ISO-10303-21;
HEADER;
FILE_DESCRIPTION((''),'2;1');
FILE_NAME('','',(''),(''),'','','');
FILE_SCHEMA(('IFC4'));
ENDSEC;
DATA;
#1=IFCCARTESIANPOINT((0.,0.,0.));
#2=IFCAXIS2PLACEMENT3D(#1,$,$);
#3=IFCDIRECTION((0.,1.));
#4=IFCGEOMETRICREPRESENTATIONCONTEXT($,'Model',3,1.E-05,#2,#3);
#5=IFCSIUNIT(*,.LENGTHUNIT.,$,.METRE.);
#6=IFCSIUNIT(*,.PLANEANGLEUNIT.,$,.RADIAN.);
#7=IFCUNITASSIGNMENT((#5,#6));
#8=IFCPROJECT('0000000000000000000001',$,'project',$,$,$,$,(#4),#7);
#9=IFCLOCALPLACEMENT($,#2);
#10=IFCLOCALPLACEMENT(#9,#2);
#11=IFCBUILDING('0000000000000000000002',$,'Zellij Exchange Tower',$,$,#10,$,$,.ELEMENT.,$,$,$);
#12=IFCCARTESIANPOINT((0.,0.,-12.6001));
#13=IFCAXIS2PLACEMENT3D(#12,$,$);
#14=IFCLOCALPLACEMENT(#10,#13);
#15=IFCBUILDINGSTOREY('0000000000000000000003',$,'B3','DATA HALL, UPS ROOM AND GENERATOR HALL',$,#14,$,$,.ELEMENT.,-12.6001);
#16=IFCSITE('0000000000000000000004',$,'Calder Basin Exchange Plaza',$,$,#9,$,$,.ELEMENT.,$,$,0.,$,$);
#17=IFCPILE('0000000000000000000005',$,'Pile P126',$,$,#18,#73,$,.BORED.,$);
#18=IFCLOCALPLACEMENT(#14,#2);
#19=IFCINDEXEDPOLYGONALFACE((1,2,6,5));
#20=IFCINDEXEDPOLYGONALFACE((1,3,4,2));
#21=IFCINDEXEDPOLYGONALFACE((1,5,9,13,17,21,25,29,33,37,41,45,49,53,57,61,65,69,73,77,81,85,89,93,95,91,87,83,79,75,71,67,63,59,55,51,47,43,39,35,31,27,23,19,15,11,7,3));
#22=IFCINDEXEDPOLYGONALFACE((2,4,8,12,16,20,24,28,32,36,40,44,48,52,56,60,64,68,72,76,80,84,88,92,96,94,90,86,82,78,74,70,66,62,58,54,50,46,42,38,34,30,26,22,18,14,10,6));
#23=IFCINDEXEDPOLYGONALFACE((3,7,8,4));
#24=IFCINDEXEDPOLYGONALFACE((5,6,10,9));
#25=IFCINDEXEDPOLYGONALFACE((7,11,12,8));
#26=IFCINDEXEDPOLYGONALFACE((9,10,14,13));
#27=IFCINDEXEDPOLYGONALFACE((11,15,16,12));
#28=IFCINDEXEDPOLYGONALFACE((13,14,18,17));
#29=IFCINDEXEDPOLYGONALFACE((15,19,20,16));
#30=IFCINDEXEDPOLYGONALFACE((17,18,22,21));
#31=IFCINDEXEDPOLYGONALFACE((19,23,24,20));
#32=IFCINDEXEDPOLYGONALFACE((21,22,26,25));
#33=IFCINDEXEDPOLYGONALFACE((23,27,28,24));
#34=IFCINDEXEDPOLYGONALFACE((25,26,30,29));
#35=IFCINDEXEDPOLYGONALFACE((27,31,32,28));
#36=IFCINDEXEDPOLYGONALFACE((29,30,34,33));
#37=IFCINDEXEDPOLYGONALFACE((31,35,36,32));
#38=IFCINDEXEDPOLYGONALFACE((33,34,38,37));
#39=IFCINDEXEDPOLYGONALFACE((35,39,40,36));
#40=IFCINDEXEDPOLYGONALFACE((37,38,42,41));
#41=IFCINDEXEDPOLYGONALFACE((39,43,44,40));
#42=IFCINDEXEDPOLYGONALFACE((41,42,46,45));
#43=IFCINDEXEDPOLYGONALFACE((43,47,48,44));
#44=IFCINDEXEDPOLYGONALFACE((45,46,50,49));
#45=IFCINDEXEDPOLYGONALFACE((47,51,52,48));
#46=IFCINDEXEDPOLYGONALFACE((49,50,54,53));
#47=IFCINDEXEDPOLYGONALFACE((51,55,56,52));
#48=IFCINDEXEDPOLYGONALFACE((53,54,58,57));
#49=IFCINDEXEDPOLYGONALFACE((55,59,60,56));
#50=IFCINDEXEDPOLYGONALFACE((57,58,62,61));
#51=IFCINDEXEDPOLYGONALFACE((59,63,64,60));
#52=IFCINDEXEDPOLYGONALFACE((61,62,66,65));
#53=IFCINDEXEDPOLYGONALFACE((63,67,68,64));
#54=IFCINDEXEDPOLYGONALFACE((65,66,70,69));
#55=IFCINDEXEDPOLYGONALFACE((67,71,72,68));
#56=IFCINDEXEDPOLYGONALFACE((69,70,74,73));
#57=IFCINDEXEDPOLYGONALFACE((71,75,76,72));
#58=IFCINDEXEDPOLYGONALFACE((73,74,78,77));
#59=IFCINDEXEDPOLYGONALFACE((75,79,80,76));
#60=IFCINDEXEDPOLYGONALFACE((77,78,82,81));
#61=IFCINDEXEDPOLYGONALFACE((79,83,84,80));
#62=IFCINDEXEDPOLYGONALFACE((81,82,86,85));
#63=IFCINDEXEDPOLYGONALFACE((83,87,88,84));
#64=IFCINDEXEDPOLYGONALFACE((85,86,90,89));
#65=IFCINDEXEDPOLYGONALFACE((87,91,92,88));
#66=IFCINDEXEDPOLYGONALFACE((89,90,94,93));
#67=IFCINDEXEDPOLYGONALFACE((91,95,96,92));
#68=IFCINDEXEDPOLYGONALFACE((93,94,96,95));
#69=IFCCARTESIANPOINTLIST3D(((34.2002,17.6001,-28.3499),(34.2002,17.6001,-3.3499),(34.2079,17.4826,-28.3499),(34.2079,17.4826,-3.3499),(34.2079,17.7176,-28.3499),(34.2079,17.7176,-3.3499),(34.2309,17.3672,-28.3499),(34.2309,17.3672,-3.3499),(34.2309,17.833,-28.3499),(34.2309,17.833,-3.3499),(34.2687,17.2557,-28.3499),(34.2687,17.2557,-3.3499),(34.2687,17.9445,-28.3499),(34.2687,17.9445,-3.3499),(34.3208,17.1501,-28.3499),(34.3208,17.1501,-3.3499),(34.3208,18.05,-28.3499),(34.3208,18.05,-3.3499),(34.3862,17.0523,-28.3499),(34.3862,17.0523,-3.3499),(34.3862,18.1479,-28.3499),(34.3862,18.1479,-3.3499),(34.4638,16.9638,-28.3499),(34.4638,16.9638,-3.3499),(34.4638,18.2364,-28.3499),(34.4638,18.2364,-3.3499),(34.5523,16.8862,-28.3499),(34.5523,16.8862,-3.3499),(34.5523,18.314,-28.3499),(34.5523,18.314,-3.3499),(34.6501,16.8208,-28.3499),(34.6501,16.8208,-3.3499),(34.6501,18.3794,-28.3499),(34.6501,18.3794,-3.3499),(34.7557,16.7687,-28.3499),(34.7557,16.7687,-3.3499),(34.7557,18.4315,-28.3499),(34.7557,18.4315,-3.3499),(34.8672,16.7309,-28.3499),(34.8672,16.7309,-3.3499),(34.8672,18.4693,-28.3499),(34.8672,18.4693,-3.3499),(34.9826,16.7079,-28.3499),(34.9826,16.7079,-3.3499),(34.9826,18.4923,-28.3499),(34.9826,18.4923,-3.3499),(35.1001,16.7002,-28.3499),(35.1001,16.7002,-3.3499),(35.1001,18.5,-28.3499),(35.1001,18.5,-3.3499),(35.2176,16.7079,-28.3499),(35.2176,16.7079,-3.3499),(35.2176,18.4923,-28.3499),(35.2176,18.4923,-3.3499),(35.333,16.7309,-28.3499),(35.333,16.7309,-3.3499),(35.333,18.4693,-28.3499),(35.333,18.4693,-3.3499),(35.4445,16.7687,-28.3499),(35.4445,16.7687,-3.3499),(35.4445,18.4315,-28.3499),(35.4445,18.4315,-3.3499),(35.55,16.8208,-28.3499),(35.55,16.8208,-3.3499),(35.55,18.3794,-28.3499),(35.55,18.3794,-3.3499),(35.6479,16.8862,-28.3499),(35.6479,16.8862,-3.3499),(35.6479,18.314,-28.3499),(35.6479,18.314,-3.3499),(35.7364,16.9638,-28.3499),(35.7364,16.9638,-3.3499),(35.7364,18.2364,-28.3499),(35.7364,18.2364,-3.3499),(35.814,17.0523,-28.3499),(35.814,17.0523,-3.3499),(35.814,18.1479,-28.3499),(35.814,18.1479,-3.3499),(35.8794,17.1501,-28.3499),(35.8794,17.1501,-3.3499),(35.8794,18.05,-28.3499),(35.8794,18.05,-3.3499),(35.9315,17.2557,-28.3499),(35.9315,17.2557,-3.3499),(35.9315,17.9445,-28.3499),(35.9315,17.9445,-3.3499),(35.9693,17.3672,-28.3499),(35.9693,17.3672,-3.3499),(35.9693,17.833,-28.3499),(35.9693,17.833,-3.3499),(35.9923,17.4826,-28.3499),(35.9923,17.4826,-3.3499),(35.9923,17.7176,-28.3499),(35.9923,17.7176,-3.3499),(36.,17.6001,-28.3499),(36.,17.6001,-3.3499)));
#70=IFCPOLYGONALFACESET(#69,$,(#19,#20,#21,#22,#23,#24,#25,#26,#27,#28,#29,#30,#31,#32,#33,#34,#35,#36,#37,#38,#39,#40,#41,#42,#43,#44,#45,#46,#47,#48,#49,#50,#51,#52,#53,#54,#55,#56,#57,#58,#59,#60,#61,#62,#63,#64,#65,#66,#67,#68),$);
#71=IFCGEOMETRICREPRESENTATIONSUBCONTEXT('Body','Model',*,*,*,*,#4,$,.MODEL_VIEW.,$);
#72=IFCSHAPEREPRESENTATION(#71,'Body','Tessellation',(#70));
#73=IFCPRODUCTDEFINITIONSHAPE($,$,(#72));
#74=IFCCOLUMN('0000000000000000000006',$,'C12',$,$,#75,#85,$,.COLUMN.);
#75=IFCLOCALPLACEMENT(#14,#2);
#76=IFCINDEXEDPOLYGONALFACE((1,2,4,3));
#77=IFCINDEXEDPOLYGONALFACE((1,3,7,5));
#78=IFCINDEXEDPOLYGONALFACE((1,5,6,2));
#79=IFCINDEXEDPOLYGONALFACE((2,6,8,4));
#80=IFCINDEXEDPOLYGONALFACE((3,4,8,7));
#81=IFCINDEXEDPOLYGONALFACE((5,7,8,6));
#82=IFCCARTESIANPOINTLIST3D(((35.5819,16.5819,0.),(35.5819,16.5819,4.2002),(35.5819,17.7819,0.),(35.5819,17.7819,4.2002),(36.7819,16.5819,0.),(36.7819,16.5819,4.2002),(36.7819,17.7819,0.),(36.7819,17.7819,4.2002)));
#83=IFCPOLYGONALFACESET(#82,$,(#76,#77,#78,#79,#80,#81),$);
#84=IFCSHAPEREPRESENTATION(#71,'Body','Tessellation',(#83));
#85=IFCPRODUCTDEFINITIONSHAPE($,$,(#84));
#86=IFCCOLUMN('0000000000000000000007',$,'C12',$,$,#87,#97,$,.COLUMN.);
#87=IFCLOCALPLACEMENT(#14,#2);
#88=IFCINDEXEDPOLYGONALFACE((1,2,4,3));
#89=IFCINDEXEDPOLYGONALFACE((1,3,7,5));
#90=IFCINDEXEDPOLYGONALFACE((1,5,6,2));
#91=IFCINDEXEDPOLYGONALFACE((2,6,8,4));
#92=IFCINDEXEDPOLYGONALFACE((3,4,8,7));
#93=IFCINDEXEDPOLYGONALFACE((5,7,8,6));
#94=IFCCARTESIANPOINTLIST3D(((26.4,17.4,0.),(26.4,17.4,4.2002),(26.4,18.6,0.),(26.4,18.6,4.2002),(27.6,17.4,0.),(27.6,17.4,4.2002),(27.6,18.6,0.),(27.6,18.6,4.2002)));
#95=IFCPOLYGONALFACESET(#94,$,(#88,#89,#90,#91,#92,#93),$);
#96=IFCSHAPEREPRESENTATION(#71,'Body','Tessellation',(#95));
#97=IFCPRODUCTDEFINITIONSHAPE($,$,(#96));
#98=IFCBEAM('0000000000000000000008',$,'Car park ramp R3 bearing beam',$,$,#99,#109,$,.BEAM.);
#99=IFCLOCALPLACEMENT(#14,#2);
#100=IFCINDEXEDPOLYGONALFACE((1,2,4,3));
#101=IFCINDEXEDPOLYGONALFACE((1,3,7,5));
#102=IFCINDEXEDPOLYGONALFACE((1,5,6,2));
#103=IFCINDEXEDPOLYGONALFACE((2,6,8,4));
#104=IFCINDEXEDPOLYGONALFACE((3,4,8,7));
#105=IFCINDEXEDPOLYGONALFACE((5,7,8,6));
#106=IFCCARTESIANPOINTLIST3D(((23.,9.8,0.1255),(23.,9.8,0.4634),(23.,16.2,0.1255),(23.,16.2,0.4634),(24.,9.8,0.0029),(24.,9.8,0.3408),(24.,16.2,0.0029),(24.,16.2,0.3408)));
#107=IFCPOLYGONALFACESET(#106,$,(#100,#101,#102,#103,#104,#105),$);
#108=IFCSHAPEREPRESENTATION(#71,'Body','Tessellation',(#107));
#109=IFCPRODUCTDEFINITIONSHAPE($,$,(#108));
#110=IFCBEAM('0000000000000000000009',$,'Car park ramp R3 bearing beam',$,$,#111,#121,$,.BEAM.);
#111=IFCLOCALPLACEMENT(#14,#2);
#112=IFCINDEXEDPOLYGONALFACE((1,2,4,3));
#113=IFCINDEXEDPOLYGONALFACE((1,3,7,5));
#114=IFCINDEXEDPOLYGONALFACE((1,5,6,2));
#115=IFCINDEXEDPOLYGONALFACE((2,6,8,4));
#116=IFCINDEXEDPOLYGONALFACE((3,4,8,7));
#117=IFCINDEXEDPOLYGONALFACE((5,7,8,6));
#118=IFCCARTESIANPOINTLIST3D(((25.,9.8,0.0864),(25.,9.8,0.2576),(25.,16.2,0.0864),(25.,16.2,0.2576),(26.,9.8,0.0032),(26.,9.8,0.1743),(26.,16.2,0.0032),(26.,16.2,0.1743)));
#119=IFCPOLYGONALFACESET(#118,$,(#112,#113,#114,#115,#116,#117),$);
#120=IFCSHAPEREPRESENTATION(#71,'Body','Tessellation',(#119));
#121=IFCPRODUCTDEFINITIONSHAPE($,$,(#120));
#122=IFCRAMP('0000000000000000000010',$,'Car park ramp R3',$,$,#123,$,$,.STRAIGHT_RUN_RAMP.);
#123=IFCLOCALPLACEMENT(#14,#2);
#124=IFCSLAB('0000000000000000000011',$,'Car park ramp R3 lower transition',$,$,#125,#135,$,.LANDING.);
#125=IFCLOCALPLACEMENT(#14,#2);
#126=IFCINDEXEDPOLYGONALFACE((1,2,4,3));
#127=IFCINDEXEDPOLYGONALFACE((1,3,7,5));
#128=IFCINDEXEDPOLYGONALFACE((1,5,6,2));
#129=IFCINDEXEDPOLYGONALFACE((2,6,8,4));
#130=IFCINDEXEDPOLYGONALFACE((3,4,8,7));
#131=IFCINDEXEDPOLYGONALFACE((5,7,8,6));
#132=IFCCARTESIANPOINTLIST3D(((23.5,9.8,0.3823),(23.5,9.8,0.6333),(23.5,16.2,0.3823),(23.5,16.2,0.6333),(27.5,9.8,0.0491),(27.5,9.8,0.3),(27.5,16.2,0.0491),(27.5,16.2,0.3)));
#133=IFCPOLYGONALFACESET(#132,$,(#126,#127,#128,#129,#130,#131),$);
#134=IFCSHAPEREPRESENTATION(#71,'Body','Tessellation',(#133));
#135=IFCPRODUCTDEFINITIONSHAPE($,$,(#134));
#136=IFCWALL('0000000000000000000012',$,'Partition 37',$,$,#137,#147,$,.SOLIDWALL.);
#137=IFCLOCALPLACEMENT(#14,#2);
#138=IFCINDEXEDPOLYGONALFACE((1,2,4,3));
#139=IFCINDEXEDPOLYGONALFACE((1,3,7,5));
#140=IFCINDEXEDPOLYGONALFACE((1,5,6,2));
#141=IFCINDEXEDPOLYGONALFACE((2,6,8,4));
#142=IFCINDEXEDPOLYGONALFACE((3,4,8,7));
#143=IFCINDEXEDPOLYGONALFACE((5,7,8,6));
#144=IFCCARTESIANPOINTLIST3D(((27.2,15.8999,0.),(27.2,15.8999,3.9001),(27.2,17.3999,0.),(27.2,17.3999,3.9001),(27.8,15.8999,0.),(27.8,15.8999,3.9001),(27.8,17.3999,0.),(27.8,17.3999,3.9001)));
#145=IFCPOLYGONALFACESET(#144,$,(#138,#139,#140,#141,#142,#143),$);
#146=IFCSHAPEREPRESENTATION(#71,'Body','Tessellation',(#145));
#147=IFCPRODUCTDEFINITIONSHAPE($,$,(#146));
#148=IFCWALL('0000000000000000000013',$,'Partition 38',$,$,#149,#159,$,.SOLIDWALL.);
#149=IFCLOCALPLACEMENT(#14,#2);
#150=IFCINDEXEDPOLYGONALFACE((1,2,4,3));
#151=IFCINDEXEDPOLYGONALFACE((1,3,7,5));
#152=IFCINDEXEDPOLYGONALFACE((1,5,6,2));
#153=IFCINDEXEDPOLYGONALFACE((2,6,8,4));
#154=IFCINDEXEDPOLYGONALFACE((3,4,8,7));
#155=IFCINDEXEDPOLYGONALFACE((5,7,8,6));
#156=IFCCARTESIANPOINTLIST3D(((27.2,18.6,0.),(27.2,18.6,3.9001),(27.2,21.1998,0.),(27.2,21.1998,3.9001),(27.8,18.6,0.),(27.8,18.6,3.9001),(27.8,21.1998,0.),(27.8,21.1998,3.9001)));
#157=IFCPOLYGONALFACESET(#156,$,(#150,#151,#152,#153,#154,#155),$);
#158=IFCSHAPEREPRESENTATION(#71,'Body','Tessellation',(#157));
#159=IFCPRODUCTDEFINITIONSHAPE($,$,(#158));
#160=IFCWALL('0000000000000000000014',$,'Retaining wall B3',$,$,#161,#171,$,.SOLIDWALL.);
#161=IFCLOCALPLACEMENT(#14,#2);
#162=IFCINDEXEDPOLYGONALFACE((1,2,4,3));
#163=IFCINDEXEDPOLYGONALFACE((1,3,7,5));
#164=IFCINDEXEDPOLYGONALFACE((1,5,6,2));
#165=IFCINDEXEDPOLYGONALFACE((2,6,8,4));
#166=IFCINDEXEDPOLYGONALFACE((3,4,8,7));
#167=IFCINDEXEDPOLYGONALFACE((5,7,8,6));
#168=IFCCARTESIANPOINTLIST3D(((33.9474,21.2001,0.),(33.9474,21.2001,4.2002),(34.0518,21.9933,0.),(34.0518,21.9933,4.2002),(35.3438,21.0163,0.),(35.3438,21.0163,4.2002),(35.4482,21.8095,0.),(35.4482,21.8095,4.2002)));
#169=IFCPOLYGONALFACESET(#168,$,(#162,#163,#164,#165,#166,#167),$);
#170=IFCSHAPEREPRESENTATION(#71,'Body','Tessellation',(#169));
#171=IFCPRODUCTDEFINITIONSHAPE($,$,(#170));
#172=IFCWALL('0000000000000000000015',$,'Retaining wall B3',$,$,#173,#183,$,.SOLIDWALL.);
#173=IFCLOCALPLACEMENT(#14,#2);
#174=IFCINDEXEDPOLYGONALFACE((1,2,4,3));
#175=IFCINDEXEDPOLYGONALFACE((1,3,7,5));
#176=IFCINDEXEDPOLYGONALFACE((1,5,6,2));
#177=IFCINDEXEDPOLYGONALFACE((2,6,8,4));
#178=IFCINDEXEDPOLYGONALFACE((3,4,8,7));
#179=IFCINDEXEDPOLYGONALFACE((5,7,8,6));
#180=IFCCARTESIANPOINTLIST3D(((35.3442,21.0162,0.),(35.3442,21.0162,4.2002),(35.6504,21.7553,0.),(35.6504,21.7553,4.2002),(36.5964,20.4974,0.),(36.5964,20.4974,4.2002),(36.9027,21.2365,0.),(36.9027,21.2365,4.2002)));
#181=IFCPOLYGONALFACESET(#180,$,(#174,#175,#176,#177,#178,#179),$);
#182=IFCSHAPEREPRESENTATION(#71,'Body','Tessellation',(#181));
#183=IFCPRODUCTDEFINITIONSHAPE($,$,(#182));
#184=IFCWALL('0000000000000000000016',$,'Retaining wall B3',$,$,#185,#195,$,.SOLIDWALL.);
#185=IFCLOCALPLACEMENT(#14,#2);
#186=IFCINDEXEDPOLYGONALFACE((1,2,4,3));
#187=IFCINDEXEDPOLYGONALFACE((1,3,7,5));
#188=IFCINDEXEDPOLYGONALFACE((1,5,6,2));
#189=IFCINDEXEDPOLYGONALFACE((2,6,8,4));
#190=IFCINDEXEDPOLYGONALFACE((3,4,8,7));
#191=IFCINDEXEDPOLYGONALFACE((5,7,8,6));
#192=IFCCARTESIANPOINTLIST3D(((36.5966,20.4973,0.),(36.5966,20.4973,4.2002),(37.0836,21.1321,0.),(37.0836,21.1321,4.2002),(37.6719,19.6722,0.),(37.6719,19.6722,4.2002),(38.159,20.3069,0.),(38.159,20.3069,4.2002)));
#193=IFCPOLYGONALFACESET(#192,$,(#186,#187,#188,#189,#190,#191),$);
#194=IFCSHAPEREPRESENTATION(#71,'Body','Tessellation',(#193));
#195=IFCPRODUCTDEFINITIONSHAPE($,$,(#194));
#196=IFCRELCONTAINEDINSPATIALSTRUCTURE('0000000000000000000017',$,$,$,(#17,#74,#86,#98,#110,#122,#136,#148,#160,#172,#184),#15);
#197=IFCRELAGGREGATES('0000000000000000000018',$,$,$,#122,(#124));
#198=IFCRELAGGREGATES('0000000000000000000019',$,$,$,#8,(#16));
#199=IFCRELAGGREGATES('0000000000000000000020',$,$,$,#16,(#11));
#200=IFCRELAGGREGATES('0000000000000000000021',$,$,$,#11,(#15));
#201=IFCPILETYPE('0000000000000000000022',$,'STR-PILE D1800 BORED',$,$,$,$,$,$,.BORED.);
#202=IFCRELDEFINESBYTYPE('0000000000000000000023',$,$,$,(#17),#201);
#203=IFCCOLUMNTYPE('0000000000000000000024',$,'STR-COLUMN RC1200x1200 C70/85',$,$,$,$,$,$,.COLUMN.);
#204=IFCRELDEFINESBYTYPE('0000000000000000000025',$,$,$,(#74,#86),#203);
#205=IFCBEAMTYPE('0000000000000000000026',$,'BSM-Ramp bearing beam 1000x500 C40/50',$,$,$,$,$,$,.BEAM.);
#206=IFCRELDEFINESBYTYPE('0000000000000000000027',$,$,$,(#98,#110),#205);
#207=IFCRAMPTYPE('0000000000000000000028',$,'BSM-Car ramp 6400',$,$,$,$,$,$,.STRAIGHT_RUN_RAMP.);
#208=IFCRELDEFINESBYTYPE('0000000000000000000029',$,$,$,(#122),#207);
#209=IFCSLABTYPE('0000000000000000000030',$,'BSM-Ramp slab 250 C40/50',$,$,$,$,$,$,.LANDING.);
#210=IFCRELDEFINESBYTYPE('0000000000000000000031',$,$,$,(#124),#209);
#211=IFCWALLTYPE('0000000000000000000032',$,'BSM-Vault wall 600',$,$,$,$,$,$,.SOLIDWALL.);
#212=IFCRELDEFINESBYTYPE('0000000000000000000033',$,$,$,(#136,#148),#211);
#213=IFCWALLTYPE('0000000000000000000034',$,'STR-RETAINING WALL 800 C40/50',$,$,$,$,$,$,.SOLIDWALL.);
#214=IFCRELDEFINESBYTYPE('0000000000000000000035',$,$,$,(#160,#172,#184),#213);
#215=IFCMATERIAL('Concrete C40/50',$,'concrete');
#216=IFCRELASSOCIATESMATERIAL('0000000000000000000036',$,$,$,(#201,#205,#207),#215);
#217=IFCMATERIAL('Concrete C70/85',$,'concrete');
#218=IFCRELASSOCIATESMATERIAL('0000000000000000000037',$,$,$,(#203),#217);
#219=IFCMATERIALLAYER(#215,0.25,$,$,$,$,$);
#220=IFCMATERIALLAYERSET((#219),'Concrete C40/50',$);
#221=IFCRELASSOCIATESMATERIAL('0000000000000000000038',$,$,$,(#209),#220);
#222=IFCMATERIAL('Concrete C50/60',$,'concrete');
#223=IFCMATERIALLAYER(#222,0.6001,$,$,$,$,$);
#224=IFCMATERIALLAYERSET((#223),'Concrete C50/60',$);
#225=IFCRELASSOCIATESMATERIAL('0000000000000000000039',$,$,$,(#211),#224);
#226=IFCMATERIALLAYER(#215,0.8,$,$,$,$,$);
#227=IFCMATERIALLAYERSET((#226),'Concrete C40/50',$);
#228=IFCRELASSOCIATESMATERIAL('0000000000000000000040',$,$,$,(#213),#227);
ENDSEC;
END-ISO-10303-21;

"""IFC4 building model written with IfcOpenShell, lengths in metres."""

from ifc_helpers import new_model, si_unit, direction, frame, frame_2d, origin, origin_2d, place, context, subcontext, project, spatial, polyline, rectangle, circle, outline, extrude, material, layer, layer_set, material_profile, profile_set, type_object, element, aggregate, save


model = new_model("IFC4")

# Units and contexts
model_context = context("Model", 3, precision=1e-05, world=origin(), true_north=direction((0.0, 1.0)))
body_context = subcontext(model_context, "Body", "Model", "MODEL_VIEW")
ifc_project = project(units=[si_unit("LENGTHUNIT", "METRE"), si_unit("PLANEANGLEUNIT", "RADIAN")], contexts=[model_context])

# Site, building, storey
site_placement = place(None, origin())
site = spatial("IfcSite", under=ifc_project, at=site_placement, Name="Calder Basin Exchange Plaza", CompositionType="ELEMENT", RefElevation=0.0)
building_placement = place(site_placement, origin())
building = spatial("IfcBuilding", under=site, at=building_placement, Name="Zellij Exchange Tower", CompositionType="ELEMENT")
storey_placement = place(building_placement, frame((0.0, 0.0, -12.6001)))
storey = spatial("IfcBuildingStorey", under=building, at=storey_placement, Name="B3", Description="DATA HALL, UPS ROOM AND GENERATOR HALL", CompositionType="ELEMENT", Elevation=-12.6001)

# Pile
ifc_material_1 = material(Name="Concrete C40/50", Category="concrete")
ifc_material_profile_1 = material_profile(ifc_material_1, circle(Radius=0.8999, at=origin_2d()), Name="STR-PILE D1800 BORED")
ifc_profile_set_1 = profile_set([ifc_material_profile_1], Name="Concrete C40/50")
pile_type = type_object("IfcPileType", Name="STR-PILE D1800 BORED", PredefinedType="BORED", material=ifc_profile_set_1)
for number, where, z_axis, x_axis, name in (
    (1, (35.1001, 17.6001, -3.3499), (0.0, 0.0, -1.0), (1.0, 0.0, 0.0), "Pile P126"),
):
    element("IfcPile", number, at=place(storey_placement, frame(where, z_axis=z_axis, x_axis=x_axis)), inside=storey, type_object=pile_type, Name=name, PredefinedType="BORED", context=body_context, shape_type="SweptSolid", body=[
        extrude(circle(Radius=0.8999, at=origin_2d()), origin(), (0.0, 0.0, 1.0), 25.0),
    ])

# Columns
ifc_material_2 = material(Name="Concrete C70/85", Category="concrete")
ifc_material_profile_2 = material_profile(ifc_material_2, rectangle(XDim=1.2, YDim=1.2, at=origin_2d()), Name="STR-COLUMN RC1200x1200 C70/85")
ifc_profile_set_2 = profile_set([ifc_material_profile_2], Name="Concrete C70/85")
column_type = type_object("IfcColumnType", Name="STR-COLUMN RC1200x1200 C70/85", PredefinedType="COLUMN", material=ifc_profile_set_2)
for number, where, z_axis, x_axis, name in (
    (2, (36.1819, 17.1819, 0.0), (0.0, 0.0, 1.0), (1.0, 0.0, 0.0), "C12"),
    (3, (27.0, 18.0, 0.0), (0.0, 0.0, 1.0), (1.0, 0.0, 0.0), "C12"),
):
    element("IfcColumn", number, at=place(storey_placement, frame(where, z_axis=z_axis, x_axis=x_axis)), inside=storey, type_object=column_type, Name=name, PredefinedType="COLUMN", context=body_context, shape_type="SweptSolid", body=[
        extrude(rectangle(XDim=1.2, YDim=1.2, at=origin_2d()), origin(), (0.0, 0.0, 1.0), 4.2002),
    ])

# Beams
beam_type = type_object("IfcBeamType", Name="BSM-Ramp bearing beam 1000x500 C40/50", PredefinedType="BEAM", material=ifc_material_1)
beam_1_placement = place(storey_placement, frame((23.0, 9.8, 0.4634), z_axis=(0.121648, 0.0, 0.992573), x_axis=(0.992573, 0.0, -0.121648)))
element("IfcBeam", 4, at=beam_1_placement, inside=storey, type_object=beam_type, Name="Car park ramp R3 bearing beam", PredefinedType="BEAM", context=body_context, shape_type="SweptSolid", body=[
    extrude(outline(polyline([(0.0, 0.0), (1.0075, 0.0), (1.0075, 6.3999), (0.0, 6.3999), (0.0, 0.0)])), origin(), (0.121648, 0.0, -0.992573), 0.3379),
])
beam_2_placement = place(storey_placement, frame((25.0, 9.8, 0.2576), z_axis=(0.082965, 0.0, 0.996552), x_axis=(0.996552, 0.0, -0.082965)))
element("IfcBeam", 5, at=beam_2_placement, inside=storey, type_object=beam_type, Name="Car park ramp R3 bearing beam", PredefinedType="BEAM", context=body_context, shape_type="SweptSolid", body=[
    extrude(outline(polyline([(0.0, 0.0), (1.0035, 0.0), (1.0035, 6.3999), (0.0, 6.3999), (0.0, 0.0)])), origin(), (0.082965, 0.0, -0.996552), 0.1711),
])

# Ramp, slab
ramp_type = type_object("IfcRampType", Name="BSM-Car ramp 6400", PredefinedType="STRAIGHT_RUN_RAMP", material=ifc_material_1)
ramp_placement = place(storey_placement, origin())
ramp = element("IfcRamp", 6, at=ramp_placement, inside=storey, type_object=ramp_type, Name="Car park ramp R3", PredefinedType="STRAIGHT_RUN_RAMP")
ifc_layer_1 = layer(ifc_material_1, 0.25)
ifc_layer_set_1 = layer_set([ifc_layer_1], Name="Concrete C40/50")
slab_type = type_object("IfcSlabType", Name="BSM-Ramp slab 250 C40/50", PredefinedType="LANDING", material=ifc_layer_set_1)
slab_placement = place(storey_placement, frame((23.5, 9.8, 0.6333), z_axis=(0.083025, 0.0, 0.996547), x_axis=(0.996547, 0.0, -0.083025)))
slab = element("IfcSlab", 7, at=slab_placement, type_object=slab_type, Name="Car park ramp R3 lower transition", PredefinedType="LANDING", context=body_context, shape_type="SweptSolid", body=[
    extrude(outline(polyline([(0.0, 0.0), (4.0139, 0.0), (4.0139, 6.3999), (0.0, 6.3999), (0.0, 0.0)])), origin(), (0.083025, 0.0, -0.996547), 0.251),
])
aggregate(ramp, [slab])

# Shared definitions
ifc_material_3 = material(Name="Concrete C50/60", Category="concrete")
ifc_layer_2 = layer(ifc_material_3, 0.6001)
ifc_layer_set_2 = layer_set([ifc_layer_2], Name="Concrete C50/60")
wall_type_1 = type_object("IfcWallType", Name="BSM-Vault wall 600", PredefinedType="SOLIDWALL", material=ifc_layer_set_2)

# Walls
wall_1_placement = place(storey_placement, frame((27.5, 15.8999, 0.0), z_axis=(0.0, 0.0, 1.0), x_axis=(0.0, 1.0, 0.0)))
element("IfcWall", 8, at=wall_1_placement, inside=storey, type_object=wall_type_1, Name="Partition 37", PredefinedType="SOLIDWALL", context=body_context, shape_type="SweptSolid", body=[
    extrude(rectangle(XDim=1.5, YDim=0.6001, at=frame_2d((0.75, 0.0))), origin(), (0.0, 0.0, 1.0), 3.9001),
])
wall_2_placement = place(storey_placement, frame((27.5, 18.6001, 0.0), z_axis=(0.0, 0.0, 1.0), x_axis=(0.0, 1.0, 0.0)))
element("IfcWall", 9, at=wall_2_placement, inside=storey, type_object=wall_type_1, Name="Partition 38", PredefinedType="SOLIDWALL", context=body_context, shape_type="SweptSolid", body=[
    extrude(rectangle(XDim=2.5999, YDim=0.6001, at=frame_2d((1.2998, 0.0))), origin(), (0.0, 0.0, 1.0), 3.9001),
])
ifc_layer_3 = layer(ifc_material_1, 0.8)
ifc_layer_set_3 = layer_set([ifc_layer_3], Name="Concrete C40/50")
wall_type_2 = type_object("IfcWallType", Name="STR-RETAINING WALL 800 C40/50", PredefinedType="SOLIDWALL", material=ifc_layer_set_3)
wall_3_placement = place(storey_placement, frame((33.9998, 21.5967, 0.0), z_axis=(0.0, 0.0, 1.0), x_axis=(0.991446, -0.130517, 0.0)))
element("IfcWall", 10, at=wall_3_placement, inside=storey, type_object=wall_type_2, Name="Retaining wall B3", PredefinedType="SOLIDWALL", context=body_context, shape_type="SweptSolid", body=[
    extrude(rectangle(XDim=1.4084, YDim=0.8, at=frame_2d((0.7041, 0.0))), origin(), (0.0, 0.0, 1.0), 4.2002),
])
for number, where, z_axis, x_axis, name in (
    (11, (35.4973, 21.3857, 0.0), (0.0, 0.0, 1.0), (0.923848, -0.38276, 0.0), "Retaining wall B3"),
    (12, (36.8401, 20.8147, 0.0), (0.0, 0.0, 1.0), (0.79336, -0.608753, 0.0), "Retaining wall B3"),
):
    element("IfcWall", number, at=place(storey_placement, frame(where, z_axis=z_axis, x_axis=x_axis)), inside=storey, type_object=wall_type_2, Name=name, PredefinedType="SOLIDWALL", context=body_context, shape_type="SweptSolid", body=[
        extrude(rectangle(XDim=1.3555, YDim=0.8, at=frame_2d((0.6777, 0.0))), origin(), (0.0, 0.0, 1.0), 4.2002),
    ])

save(model, "model.ifc")
